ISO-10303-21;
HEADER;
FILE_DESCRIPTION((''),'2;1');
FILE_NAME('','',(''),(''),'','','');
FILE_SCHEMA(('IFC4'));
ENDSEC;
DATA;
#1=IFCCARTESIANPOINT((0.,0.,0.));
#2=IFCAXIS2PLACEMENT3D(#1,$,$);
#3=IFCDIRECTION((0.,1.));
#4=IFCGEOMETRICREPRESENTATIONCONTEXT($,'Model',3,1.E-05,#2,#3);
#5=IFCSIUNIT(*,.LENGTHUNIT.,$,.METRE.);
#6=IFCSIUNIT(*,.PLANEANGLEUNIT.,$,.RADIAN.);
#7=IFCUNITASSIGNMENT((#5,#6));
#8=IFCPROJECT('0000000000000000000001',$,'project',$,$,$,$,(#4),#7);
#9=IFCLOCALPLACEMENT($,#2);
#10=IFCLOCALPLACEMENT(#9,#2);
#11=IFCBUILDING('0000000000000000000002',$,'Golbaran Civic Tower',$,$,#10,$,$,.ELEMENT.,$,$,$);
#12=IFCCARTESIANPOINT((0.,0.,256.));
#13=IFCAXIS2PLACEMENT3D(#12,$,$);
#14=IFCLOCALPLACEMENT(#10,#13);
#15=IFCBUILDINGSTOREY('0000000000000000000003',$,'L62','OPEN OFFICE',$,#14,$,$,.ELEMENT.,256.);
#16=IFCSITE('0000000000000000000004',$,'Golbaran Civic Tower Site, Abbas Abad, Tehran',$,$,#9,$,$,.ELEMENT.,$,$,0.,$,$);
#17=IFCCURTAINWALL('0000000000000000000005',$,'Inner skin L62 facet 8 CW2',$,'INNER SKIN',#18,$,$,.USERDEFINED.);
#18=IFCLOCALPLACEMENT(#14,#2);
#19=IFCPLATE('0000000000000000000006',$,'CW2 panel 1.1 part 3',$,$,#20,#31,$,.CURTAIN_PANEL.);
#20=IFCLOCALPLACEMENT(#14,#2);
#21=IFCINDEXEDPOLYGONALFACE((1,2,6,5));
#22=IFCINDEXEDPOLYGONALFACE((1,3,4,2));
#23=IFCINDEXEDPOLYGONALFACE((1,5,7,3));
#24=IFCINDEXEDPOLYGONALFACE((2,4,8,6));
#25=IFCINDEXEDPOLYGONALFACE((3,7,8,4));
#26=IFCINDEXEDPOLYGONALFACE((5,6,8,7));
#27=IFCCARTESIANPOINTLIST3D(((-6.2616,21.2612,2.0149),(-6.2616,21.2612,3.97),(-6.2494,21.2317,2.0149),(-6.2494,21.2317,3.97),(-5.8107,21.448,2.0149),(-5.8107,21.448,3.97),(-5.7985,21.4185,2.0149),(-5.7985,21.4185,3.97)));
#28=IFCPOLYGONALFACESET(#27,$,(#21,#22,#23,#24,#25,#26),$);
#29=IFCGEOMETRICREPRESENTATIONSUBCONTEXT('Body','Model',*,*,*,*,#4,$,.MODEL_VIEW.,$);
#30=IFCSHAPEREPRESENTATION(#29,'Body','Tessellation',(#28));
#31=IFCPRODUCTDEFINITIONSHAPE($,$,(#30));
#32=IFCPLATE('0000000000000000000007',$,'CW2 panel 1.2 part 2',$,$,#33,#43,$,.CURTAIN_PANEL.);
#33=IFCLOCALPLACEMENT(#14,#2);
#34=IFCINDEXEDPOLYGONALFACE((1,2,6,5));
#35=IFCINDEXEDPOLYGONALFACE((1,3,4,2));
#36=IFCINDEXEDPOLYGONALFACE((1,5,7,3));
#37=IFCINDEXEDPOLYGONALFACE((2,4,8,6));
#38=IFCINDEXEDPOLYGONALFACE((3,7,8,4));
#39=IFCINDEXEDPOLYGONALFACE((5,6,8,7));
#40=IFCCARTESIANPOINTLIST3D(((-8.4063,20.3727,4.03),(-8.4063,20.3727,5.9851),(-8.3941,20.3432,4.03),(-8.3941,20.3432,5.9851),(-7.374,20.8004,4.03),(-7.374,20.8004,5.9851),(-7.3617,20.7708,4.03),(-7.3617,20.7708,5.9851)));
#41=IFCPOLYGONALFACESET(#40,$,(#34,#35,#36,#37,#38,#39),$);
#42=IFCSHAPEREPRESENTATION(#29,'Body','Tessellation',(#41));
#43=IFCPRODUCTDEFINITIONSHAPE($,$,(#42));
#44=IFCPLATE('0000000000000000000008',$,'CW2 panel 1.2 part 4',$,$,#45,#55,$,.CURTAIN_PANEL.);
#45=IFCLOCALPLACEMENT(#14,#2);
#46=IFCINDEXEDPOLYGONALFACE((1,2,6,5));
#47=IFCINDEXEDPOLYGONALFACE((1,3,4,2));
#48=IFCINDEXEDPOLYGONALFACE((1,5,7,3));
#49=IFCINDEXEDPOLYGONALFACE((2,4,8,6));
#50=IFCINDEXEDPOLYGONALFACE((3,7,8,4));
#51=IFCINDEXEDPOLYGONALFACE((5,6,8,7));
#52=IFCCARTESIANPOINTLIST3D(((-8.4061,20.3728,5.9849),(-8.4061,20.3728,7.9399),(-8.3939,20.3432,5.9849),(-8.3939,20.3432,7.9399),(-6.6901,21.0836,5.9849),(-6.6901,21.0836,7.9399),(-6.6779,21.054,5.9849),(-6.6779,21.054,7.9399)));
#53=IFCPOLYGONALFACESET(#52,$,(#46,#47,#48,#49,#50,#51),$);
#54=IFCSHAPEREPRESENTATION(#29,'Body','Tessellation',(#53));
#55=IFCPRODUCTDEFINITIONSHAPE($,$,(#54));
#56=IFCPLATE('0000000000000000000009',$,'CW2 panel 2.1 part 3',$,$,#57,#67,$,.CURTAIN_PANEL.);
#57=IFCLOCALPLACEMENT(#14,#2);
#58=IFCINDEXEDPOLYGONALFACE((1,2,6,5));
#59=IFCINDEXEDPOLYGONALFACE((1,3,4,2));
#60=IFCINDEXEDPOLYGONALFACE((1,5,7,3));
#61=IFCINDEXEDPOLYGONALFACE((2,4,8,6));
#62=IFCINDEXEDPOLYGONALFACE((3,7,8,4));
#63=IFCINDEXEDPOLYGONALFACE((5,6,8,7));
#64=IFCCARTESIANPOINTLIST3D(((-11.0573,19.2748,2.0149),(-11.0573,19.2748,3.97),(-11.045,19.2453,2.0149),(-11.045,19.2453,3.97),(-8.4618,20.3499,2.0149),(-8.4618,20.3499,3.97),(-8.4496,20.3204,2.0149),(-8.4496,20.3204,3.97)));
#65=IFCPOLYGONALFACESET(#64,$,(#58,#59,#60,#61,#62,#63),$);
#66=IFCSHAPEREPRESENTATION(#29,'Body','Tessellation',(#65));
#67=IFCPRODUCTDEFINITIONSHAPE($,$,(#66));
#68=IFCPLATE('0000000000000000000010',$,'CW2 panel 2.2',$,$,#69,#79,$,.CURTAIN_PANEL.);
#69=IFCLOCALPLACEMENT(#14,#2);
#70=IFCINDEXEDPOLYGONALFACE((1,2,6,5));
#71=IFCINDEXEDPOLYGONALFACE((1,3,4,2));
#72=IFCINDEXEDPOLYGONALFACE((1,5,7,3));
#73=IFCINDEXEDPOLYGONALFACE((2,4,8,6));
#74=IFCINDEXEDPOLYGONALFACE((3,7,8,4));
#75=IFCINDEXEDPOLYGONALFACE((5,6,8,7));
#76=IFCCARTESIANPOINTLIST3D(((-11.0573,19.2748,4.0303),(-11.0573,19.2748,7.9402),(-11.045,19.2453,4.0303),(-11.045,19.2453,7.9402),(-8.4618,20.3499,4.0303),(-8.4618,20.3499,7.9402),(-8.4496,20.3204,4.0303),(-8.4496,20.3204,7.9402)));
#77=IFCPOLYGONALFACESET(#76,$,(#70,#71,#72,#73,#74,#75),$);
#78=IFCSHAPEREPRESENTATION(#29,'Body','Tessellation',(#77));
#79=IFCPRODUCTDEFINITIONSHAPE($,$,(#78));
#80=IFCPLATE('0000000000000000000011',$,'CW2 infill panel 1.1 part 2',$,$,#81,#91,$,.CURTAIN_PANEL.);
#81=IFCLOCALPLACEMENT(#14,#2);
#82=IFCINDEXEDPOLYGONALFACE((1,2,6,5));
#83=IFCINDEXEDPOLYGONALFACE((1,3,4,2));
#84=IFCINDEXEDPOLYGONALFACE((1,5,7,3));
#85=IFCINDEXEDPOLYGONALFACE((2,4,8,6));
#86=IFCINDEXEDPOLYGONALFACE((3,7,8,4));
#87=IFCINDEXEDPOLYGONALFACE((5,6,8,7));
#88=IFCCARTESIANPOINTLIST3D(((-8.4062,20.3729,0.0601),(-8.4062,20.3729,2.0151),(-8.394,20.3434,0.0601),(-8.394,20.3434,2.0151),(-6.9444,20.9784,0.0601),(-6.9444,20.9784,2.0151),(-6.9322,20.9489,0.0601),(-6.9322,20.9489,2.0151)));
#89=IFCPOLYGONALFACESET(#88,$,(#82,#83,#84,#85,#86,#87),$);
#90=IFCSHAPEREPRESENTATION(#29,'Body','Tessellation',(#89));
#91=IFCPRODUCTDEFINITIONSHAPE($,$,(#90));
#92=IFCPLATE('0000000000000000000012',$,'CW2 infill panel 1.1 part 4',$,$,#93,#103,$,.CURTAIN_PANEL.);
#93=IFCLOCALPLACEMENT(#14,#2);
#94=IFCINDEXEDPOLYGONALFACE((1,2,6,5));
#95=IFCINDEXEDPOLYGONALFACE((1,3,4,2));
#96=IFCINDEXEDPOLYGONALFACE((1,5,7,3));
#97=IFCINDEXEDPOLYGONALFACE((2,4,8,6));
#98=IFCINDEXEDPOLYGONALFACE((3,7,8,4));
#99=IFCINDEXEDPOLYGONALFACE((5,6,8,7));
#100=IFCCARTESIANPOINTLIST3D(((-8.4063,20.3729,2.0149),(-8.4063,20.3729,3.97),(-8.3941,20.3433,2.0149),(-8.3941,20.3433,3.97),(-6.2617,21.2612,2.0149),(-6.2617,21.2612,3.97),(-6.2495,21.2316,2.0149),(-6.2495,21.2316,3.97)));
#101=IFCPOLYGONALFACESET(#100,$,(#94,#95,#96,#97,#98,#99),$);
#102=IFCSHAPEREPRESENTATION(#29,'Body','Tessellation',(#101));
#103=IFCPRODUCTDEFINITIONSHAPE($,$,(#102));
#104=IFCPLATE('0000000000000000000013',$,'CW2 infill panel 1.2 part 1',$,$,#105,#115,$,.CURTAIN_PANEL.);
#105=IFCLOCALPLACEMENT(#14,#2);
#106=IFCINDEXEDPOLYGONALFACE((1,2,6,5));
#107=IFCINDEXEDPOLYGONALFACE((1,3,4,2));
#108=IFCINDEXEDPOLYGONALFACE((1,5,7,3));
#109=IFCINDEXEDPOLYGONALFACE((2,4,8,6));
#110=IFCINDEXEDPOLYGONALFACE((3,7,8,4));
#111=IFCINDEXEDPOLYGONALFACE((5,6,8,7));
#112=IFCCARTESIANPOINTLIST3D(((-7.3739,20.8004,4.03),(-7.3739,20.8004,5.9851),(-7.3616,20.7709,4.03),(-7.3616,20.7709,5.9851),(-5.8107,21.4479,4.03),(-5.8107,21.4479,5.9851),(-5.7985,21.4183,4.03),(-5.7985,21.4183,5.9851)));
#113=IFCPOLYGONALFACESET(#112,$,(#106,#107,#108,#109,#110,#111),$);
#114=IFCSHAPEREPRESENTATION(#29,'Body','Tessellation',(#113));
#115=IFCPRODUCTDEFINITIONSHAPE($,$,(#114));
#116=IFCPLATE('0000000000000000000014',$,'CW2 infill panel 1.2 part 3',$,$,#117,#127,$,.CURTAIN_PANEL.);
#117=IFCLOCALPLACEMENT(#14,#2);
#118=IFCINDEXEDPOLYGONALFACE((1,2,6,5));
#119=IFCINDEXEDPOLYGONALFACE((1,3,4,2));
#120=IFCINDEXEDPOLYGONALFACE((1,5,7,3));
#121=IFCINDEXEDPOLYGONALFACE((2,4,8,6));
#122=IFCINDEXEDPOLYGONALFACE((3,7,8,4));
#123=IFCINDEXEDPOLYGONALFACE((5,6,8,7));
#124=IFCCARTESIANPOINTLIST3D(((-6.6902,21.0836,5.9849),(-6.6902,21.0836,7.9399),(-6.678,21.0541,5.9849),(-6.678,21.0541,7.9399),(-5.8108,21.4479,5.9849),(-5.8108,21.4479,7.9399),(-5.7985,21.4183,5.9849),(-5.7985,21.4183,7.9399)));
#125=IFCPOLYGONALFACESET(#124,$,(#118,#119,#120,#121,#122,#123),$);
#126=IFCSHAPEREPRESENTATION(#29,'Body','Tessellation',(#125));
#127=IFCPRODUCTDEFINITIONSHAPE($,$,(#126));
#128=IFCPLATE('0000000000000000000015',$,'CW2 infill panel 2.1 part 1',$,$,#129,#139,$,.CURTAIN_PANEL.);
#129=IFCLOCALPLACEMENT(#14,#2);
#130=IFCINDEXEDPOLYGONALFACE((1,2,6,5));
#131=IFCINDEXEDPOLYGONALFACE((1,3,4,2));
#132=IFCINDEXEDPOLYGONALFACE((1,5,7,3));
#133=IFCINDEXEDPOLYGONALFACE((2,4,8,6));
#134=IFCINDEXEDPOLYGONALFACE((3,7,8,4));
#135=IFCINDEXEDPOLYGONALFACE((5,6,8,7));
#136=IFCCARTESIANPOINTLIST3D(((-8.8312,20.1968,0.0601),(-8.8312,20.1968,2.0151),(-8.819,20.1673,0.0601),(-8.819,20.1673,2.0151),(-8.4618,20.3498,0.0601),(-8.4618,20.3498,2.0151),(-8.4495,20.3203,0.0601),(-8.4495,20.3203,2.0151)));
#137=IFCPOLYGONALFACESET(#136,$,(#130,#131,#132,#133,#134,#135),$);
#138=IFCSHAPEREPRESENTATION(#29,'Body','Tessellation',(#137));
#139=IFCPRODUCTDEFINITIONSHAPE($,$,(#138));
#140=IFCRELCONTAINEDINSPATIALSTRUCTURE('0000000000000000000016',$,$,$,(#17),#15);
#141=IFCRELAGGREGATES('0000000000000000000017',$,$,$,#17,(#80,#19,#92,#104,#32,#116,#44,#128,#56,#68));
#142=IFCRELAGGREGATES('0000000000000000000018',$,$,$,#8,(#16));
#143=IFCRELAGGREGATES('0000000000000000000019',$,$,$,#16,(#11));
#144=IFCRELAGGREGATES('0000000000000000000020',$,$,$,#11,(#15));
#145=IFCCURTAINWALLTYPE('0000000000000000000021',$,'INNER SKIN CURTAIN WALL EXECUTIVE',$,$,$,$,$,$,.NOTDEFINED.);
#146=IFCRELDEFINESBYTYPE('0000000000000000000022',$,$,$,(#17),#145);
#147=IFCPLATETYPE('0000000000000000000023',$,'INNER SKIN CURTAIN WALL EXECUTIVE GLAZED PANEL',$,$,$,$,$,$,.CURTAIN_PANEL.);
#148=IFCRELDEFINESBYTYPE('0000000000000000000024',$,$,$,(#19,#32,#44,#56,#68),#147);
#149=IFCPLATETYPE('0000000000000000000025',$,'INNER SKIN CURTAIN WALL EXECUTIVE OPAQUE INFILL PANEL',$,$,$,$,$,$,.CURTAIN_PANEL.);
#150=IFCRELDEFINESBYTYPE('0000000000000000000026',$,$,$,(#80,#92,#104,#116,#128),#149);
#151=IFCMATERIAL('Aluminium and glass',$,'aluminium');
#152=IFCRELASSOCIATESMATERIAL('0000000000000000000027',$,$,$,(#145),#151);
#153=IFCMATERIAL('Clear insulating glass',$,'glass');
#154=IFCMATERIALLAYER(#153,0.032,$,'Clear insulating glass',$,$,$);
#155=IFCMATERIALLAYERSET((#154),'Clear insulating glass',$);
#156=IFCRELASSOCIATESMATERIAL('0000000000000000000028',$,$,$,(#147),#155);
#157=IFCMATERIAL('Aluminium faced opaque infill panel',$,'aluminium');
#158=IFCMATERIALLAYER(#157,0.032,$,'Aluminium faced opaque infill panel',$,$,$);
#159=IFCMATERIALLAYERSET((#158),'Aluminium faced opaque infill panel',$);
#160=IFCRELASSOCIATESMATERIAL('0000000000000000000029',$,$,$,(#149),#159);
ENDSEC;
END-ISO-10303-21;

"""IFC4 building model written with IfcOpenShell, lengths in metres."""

from ifc_helpers import new_model, si_unit, direction, frame, origin, origin_2d, place, context, subcontext, project, spatial, rectangle, extrude, material, layer, layer_set, type_object, element, aggregate, save


model = new_model("IFC4")

# Units and contexts
model_context = context("Model", 3, precision=1e-05, world=origin(), true_north=direction((0.0, 1.0)))
body_context = subcontext(model_context, "Body", "Model", "MODEL_VIEW")
ifc_project = project(units=[si_unit("LENGTHUNIT", "METRE"), si_unit("PLANEANGLEUNIT", "RADIAN")], contexts=[model_context])

# Site, building, storey
site_placement = place(None, origin())
site = spatial("IfcSite", under=ifc_project, at=site_placement, Name="Golbaran Civic Tower Site, Abbas Abad, Tehran", CompositionType="ELEMENT", RefElevation=0.0)
building_placement = place(site_placement, origin())
building = spatial("IfcBuilding", under=site, at=building_placement, Name="Golbaran Civic Tower", CompositionType="ELEMENT")
storey_placement = place(building_placement, frame((0.0, 0.0, 256.0)))
storey = spatial("IfcBuildingStorey", under=building, at=storey_placement, Name="L62", Description="OPEN OFFICE", CompositionType="ELEMENT", Elevation=256.0)

# Shared definitions
ifc_material_1 = material(Name="Aluminium and glass", Category="aluminium")
curtain_wall_type = type_object("IfcCurtainWallType", Name="INNER SKIN CURTAIN WALL EXECUTIVE", PredefinedType="NOTDEFINED", material=ifc_material_1)

# Curtain wall, plates
curtain_wall_1_placement = place(storey_placement, origin())
curtain_wall_1 = element("IfcCurtainWall", 1, at=curtain_wall_1_placement, inside=storey, type_object=curtain_wall_type, Name="Inner skin L62 facet 8 CW2", ObjectType="INNER SKIN", PredefinedType="USERDEFINED")
ifc_material_2 = material(Name="Clear insulating glass", Category="glass")
ifc_layer_1 = layer(ifc_material_2, 0.032, Name="Clear insulating glass")
ifc_layer_set_1 = layer_set([ifc_layer_1], Name="Clear insulating glass")
plate_type_1 = type_object("IfcPlateType", Name="INNER SKIN CURTAIN WALL EXECUTIVE GLAZED PANEL", PredefinedType="CURTAIN_PANEL", material=ifc_layer_set_1)
plate_1_placement = place(storey_placement, frame((-6.03, 21.3398, 2.0149), z_axis=(0.0, 0.0, 1.0), x_axis=(-0.92388, -0.382683, 0.0)))
plate_1 = element("IfcPlate", 2, at=plate_1_placement, type_object=plate_type_1, Name="CW2 panel 1.1 part 3", PredefinedType="CURTAIN_PANEL", context=body_context, shape_type="SweptSolid", body=[
    extrude(rectangle(XDim=0.488, YDim=0.032, at=origin_2d()), origin(), (0.0, 0.0, 1.0), 1.9551),
])
plate_2_placement = place(storey_placement, frame((-7.884, 20.5718, 4.03), z_axis=(0.0, 0.0, 1.0), x_axis=(-0.92388, -0.382683, 0.0)))
plate_2 = element("IfcPlate", 3, at=plate_2_placement, type_object=plate_type_1, Name="CW2 panel 1.2 part 2", PredefinedType="CURTAIN_PANEL", context=body_context, shape_type="SweptSolid", body=[
    extrude(rectangle(XDim=1.1174, YDim=0.032, at=origin_2d()), origin(), (0.0, 0.0, 1.0), 1.9551),
])
plate_3_placement = place(storey_placement, frame((-7.542, 20.7134, 5.9849), z_axis=(0.0, 0.0, 1.0), x_axis=(-0.92388, -0.382683, 0.0)))
plate_3 = element("IfcPlate", 4, at=plate_3_placement, type_object=plate_type_1, Name="CW2 panel 1.2 part 4", PredefinedType="CURTAIN_PANEL", context=body_context, shape_type="SweptSolid", body=[
    extrude(rectangle(XDim=1.8574, YDim=0.032, at=origin_2d()), origin(), (0.0, 0.0, 1.0), 1.9551),
])
plate_4_placement = place(storey_placement, frame((-9.7534, 19.7976, 2.0149), z_axis=(0.0, 0.0, 1.0), x_axis=(-0.92388, -0.382683, 0.0)))
plate_4 = element("IfcPlate", 5, at=plate_4_placement, type_object=plate_type_1, Name="CW2 panel 2.1 part 3", PredefinedType="CURTAIN_PANEL", context=body_context, shape_type="SweptSolid", body=[
    extrude(rectangle(XDim=2.8093, YDim=0.032, at=origin_2d()), origin(), (0.0, 0.0, 1.0), 1.9551),
])
plate_5_placement = place(storey_placement, frame((-9.7534, 19.7976, 4.0303), z_axis=(0.0, 0.0, 1.0), x_axis=(-0.92388, -0.382683, 0.0)))
plate_5 = element("IfcPlate", 6, at=plate_5_placement, type_object=plate_type_1, Name="CW2 panel 2.2", PredefinedType="CURTAIN_PANEL", context=body_context, shape_type="SweptSolid", body=[
    extrude(rectangle(XDim=2.8093, YDim=0.032, at=origin_2d()), origin(), (0.0, 0.0, 1.0), 3.9099),
])
ifc_material_3 = material(Name="Aluminium faced opaque infill panel", Category="aluminium")
ifc_layer_2 = layer(ifc_material_3, 0.032, Name="Aluminium faced opaque infill panel")
ifc_layer_set_2 = layer_set([ifc_layer_2], Name="Aluminium faced opaque infill panel")
plate_type_2 = type_object("IfcPlateType", Name="INNER SKIN CURTAIN WALL EXECUTIVE OPAQUE INFILL PANEL", PredefinedType="CURTAIN_PANEL", material=ifc_layer_set_2)
plate_6_placement = place(storey_placement, frame((-7.6692, 20.6609, 0.0601), z_axis=(0.0, 0.0, 1.0), x_axis=(-0.92388, -0.382683, 0.0)))
plate_6 = element("IfcPlate", 7, at=plate_6_placement, type_object=plate_type_2, Name="CW2 infill panel 1.1 part 2", PredefinedType="CURTAIN_PANEL", context=body_context, shape_type="SweptSolid", body=[
    extrude(rectangle(XDim=1.5823, YDim=0.032, at=origin_2d()), origin(), (0.0, 0.0, 1.0), 1.9551),
])
plate_7_placement = place(storey_placement, frame((-7.3279, 20.8022, 2.0149), z_axis=(0.0, 0.0, 1.0), x_axis=(-0.92388, -0.382683, 0.0)))
plate_7 = element("IfcPlate", 8, at=plate_7_placement, type_object=plate_type_2, Name="CW2 infill panel 1.1 part 4", PredefinedType="CURTAIN_PANEL", context=body_context, shape_type="SweptSolid", body=[
    extrude(rectangle(XDim=2.3213, YDim=0.032, at=origin_2d()), origin(), (0.0, 0.0, 1.0), 1.9551),
])
plate_8_placement = place(storey_placement, frame((-6.5862, 21.1094, 4.03), z_axis=(0.0, 0.0, 1.0), x_axis=(-0.92388, -0.382683, 0.0)))
plate_8 = element("IfcPlate", 9, at=plate_8_placement, type_object=plate_type_2, Name="CW2 infill panel 1.2 part 1", PredefinedType="CURTAIN_PANEL", context=body_context, shape_type="SweptSolid", body=[
    extrude(rectangle(XDim=1.6919, YDim=0.032, at=origin_2d()), origin(), (0.0, 0.0, 1.0), 1.9551),
])
plate_9_placement = place(storey_placement, frame((-6.2444, 21.251, 5.9849), z_axis=(0.0, 0.0, 1.0), x_axis=(-0.92388, -0.382683, 0.0)))
plate_9 = element("IfcPlate", 10, at=plate_9_placement, type_object=plate_type_2, Name="CW2 infill panel 1.2 part 3", PredefinedType="CURTAIN_PANEL", context=body_context, shape_type="SweptSolid", body=[
    extrude(rectangle(XDim=0.9519, YDim=0.032, at=origin_2d()), origin(), (0.0, 0.0, 1.0), 1.9551),
])
plate_10_placement = place(storey_placement, frame((-8.6404, 20.2585, 0.0601), z_axis=(0.0, 0.0, 1.0), x_axis=(-0.92388, -0.382683, 0.0)))
plate_10 = element("IfcPlate", 11, at=plate_10_placement, type_object=plate_type_2, Name="CW2 infill panel 2.1 part 1", PredefinedType="CURTAIN_PANEL", context=body_context, shape_type="SweptSolid", body=[
    extrude(rectangle(XDim=0.3999, YDim=0.032, at=origin_2d()), origin(), (0.0, 0.0, 1.0), 1.9551),
])
aggregate(curtain_wall_1, [plate_6, plate_1, plate_7, plate_8, plate_2, plate_9, plate_3, plate_10, plate_4, plate_5])

save(model, "model.ifc")
